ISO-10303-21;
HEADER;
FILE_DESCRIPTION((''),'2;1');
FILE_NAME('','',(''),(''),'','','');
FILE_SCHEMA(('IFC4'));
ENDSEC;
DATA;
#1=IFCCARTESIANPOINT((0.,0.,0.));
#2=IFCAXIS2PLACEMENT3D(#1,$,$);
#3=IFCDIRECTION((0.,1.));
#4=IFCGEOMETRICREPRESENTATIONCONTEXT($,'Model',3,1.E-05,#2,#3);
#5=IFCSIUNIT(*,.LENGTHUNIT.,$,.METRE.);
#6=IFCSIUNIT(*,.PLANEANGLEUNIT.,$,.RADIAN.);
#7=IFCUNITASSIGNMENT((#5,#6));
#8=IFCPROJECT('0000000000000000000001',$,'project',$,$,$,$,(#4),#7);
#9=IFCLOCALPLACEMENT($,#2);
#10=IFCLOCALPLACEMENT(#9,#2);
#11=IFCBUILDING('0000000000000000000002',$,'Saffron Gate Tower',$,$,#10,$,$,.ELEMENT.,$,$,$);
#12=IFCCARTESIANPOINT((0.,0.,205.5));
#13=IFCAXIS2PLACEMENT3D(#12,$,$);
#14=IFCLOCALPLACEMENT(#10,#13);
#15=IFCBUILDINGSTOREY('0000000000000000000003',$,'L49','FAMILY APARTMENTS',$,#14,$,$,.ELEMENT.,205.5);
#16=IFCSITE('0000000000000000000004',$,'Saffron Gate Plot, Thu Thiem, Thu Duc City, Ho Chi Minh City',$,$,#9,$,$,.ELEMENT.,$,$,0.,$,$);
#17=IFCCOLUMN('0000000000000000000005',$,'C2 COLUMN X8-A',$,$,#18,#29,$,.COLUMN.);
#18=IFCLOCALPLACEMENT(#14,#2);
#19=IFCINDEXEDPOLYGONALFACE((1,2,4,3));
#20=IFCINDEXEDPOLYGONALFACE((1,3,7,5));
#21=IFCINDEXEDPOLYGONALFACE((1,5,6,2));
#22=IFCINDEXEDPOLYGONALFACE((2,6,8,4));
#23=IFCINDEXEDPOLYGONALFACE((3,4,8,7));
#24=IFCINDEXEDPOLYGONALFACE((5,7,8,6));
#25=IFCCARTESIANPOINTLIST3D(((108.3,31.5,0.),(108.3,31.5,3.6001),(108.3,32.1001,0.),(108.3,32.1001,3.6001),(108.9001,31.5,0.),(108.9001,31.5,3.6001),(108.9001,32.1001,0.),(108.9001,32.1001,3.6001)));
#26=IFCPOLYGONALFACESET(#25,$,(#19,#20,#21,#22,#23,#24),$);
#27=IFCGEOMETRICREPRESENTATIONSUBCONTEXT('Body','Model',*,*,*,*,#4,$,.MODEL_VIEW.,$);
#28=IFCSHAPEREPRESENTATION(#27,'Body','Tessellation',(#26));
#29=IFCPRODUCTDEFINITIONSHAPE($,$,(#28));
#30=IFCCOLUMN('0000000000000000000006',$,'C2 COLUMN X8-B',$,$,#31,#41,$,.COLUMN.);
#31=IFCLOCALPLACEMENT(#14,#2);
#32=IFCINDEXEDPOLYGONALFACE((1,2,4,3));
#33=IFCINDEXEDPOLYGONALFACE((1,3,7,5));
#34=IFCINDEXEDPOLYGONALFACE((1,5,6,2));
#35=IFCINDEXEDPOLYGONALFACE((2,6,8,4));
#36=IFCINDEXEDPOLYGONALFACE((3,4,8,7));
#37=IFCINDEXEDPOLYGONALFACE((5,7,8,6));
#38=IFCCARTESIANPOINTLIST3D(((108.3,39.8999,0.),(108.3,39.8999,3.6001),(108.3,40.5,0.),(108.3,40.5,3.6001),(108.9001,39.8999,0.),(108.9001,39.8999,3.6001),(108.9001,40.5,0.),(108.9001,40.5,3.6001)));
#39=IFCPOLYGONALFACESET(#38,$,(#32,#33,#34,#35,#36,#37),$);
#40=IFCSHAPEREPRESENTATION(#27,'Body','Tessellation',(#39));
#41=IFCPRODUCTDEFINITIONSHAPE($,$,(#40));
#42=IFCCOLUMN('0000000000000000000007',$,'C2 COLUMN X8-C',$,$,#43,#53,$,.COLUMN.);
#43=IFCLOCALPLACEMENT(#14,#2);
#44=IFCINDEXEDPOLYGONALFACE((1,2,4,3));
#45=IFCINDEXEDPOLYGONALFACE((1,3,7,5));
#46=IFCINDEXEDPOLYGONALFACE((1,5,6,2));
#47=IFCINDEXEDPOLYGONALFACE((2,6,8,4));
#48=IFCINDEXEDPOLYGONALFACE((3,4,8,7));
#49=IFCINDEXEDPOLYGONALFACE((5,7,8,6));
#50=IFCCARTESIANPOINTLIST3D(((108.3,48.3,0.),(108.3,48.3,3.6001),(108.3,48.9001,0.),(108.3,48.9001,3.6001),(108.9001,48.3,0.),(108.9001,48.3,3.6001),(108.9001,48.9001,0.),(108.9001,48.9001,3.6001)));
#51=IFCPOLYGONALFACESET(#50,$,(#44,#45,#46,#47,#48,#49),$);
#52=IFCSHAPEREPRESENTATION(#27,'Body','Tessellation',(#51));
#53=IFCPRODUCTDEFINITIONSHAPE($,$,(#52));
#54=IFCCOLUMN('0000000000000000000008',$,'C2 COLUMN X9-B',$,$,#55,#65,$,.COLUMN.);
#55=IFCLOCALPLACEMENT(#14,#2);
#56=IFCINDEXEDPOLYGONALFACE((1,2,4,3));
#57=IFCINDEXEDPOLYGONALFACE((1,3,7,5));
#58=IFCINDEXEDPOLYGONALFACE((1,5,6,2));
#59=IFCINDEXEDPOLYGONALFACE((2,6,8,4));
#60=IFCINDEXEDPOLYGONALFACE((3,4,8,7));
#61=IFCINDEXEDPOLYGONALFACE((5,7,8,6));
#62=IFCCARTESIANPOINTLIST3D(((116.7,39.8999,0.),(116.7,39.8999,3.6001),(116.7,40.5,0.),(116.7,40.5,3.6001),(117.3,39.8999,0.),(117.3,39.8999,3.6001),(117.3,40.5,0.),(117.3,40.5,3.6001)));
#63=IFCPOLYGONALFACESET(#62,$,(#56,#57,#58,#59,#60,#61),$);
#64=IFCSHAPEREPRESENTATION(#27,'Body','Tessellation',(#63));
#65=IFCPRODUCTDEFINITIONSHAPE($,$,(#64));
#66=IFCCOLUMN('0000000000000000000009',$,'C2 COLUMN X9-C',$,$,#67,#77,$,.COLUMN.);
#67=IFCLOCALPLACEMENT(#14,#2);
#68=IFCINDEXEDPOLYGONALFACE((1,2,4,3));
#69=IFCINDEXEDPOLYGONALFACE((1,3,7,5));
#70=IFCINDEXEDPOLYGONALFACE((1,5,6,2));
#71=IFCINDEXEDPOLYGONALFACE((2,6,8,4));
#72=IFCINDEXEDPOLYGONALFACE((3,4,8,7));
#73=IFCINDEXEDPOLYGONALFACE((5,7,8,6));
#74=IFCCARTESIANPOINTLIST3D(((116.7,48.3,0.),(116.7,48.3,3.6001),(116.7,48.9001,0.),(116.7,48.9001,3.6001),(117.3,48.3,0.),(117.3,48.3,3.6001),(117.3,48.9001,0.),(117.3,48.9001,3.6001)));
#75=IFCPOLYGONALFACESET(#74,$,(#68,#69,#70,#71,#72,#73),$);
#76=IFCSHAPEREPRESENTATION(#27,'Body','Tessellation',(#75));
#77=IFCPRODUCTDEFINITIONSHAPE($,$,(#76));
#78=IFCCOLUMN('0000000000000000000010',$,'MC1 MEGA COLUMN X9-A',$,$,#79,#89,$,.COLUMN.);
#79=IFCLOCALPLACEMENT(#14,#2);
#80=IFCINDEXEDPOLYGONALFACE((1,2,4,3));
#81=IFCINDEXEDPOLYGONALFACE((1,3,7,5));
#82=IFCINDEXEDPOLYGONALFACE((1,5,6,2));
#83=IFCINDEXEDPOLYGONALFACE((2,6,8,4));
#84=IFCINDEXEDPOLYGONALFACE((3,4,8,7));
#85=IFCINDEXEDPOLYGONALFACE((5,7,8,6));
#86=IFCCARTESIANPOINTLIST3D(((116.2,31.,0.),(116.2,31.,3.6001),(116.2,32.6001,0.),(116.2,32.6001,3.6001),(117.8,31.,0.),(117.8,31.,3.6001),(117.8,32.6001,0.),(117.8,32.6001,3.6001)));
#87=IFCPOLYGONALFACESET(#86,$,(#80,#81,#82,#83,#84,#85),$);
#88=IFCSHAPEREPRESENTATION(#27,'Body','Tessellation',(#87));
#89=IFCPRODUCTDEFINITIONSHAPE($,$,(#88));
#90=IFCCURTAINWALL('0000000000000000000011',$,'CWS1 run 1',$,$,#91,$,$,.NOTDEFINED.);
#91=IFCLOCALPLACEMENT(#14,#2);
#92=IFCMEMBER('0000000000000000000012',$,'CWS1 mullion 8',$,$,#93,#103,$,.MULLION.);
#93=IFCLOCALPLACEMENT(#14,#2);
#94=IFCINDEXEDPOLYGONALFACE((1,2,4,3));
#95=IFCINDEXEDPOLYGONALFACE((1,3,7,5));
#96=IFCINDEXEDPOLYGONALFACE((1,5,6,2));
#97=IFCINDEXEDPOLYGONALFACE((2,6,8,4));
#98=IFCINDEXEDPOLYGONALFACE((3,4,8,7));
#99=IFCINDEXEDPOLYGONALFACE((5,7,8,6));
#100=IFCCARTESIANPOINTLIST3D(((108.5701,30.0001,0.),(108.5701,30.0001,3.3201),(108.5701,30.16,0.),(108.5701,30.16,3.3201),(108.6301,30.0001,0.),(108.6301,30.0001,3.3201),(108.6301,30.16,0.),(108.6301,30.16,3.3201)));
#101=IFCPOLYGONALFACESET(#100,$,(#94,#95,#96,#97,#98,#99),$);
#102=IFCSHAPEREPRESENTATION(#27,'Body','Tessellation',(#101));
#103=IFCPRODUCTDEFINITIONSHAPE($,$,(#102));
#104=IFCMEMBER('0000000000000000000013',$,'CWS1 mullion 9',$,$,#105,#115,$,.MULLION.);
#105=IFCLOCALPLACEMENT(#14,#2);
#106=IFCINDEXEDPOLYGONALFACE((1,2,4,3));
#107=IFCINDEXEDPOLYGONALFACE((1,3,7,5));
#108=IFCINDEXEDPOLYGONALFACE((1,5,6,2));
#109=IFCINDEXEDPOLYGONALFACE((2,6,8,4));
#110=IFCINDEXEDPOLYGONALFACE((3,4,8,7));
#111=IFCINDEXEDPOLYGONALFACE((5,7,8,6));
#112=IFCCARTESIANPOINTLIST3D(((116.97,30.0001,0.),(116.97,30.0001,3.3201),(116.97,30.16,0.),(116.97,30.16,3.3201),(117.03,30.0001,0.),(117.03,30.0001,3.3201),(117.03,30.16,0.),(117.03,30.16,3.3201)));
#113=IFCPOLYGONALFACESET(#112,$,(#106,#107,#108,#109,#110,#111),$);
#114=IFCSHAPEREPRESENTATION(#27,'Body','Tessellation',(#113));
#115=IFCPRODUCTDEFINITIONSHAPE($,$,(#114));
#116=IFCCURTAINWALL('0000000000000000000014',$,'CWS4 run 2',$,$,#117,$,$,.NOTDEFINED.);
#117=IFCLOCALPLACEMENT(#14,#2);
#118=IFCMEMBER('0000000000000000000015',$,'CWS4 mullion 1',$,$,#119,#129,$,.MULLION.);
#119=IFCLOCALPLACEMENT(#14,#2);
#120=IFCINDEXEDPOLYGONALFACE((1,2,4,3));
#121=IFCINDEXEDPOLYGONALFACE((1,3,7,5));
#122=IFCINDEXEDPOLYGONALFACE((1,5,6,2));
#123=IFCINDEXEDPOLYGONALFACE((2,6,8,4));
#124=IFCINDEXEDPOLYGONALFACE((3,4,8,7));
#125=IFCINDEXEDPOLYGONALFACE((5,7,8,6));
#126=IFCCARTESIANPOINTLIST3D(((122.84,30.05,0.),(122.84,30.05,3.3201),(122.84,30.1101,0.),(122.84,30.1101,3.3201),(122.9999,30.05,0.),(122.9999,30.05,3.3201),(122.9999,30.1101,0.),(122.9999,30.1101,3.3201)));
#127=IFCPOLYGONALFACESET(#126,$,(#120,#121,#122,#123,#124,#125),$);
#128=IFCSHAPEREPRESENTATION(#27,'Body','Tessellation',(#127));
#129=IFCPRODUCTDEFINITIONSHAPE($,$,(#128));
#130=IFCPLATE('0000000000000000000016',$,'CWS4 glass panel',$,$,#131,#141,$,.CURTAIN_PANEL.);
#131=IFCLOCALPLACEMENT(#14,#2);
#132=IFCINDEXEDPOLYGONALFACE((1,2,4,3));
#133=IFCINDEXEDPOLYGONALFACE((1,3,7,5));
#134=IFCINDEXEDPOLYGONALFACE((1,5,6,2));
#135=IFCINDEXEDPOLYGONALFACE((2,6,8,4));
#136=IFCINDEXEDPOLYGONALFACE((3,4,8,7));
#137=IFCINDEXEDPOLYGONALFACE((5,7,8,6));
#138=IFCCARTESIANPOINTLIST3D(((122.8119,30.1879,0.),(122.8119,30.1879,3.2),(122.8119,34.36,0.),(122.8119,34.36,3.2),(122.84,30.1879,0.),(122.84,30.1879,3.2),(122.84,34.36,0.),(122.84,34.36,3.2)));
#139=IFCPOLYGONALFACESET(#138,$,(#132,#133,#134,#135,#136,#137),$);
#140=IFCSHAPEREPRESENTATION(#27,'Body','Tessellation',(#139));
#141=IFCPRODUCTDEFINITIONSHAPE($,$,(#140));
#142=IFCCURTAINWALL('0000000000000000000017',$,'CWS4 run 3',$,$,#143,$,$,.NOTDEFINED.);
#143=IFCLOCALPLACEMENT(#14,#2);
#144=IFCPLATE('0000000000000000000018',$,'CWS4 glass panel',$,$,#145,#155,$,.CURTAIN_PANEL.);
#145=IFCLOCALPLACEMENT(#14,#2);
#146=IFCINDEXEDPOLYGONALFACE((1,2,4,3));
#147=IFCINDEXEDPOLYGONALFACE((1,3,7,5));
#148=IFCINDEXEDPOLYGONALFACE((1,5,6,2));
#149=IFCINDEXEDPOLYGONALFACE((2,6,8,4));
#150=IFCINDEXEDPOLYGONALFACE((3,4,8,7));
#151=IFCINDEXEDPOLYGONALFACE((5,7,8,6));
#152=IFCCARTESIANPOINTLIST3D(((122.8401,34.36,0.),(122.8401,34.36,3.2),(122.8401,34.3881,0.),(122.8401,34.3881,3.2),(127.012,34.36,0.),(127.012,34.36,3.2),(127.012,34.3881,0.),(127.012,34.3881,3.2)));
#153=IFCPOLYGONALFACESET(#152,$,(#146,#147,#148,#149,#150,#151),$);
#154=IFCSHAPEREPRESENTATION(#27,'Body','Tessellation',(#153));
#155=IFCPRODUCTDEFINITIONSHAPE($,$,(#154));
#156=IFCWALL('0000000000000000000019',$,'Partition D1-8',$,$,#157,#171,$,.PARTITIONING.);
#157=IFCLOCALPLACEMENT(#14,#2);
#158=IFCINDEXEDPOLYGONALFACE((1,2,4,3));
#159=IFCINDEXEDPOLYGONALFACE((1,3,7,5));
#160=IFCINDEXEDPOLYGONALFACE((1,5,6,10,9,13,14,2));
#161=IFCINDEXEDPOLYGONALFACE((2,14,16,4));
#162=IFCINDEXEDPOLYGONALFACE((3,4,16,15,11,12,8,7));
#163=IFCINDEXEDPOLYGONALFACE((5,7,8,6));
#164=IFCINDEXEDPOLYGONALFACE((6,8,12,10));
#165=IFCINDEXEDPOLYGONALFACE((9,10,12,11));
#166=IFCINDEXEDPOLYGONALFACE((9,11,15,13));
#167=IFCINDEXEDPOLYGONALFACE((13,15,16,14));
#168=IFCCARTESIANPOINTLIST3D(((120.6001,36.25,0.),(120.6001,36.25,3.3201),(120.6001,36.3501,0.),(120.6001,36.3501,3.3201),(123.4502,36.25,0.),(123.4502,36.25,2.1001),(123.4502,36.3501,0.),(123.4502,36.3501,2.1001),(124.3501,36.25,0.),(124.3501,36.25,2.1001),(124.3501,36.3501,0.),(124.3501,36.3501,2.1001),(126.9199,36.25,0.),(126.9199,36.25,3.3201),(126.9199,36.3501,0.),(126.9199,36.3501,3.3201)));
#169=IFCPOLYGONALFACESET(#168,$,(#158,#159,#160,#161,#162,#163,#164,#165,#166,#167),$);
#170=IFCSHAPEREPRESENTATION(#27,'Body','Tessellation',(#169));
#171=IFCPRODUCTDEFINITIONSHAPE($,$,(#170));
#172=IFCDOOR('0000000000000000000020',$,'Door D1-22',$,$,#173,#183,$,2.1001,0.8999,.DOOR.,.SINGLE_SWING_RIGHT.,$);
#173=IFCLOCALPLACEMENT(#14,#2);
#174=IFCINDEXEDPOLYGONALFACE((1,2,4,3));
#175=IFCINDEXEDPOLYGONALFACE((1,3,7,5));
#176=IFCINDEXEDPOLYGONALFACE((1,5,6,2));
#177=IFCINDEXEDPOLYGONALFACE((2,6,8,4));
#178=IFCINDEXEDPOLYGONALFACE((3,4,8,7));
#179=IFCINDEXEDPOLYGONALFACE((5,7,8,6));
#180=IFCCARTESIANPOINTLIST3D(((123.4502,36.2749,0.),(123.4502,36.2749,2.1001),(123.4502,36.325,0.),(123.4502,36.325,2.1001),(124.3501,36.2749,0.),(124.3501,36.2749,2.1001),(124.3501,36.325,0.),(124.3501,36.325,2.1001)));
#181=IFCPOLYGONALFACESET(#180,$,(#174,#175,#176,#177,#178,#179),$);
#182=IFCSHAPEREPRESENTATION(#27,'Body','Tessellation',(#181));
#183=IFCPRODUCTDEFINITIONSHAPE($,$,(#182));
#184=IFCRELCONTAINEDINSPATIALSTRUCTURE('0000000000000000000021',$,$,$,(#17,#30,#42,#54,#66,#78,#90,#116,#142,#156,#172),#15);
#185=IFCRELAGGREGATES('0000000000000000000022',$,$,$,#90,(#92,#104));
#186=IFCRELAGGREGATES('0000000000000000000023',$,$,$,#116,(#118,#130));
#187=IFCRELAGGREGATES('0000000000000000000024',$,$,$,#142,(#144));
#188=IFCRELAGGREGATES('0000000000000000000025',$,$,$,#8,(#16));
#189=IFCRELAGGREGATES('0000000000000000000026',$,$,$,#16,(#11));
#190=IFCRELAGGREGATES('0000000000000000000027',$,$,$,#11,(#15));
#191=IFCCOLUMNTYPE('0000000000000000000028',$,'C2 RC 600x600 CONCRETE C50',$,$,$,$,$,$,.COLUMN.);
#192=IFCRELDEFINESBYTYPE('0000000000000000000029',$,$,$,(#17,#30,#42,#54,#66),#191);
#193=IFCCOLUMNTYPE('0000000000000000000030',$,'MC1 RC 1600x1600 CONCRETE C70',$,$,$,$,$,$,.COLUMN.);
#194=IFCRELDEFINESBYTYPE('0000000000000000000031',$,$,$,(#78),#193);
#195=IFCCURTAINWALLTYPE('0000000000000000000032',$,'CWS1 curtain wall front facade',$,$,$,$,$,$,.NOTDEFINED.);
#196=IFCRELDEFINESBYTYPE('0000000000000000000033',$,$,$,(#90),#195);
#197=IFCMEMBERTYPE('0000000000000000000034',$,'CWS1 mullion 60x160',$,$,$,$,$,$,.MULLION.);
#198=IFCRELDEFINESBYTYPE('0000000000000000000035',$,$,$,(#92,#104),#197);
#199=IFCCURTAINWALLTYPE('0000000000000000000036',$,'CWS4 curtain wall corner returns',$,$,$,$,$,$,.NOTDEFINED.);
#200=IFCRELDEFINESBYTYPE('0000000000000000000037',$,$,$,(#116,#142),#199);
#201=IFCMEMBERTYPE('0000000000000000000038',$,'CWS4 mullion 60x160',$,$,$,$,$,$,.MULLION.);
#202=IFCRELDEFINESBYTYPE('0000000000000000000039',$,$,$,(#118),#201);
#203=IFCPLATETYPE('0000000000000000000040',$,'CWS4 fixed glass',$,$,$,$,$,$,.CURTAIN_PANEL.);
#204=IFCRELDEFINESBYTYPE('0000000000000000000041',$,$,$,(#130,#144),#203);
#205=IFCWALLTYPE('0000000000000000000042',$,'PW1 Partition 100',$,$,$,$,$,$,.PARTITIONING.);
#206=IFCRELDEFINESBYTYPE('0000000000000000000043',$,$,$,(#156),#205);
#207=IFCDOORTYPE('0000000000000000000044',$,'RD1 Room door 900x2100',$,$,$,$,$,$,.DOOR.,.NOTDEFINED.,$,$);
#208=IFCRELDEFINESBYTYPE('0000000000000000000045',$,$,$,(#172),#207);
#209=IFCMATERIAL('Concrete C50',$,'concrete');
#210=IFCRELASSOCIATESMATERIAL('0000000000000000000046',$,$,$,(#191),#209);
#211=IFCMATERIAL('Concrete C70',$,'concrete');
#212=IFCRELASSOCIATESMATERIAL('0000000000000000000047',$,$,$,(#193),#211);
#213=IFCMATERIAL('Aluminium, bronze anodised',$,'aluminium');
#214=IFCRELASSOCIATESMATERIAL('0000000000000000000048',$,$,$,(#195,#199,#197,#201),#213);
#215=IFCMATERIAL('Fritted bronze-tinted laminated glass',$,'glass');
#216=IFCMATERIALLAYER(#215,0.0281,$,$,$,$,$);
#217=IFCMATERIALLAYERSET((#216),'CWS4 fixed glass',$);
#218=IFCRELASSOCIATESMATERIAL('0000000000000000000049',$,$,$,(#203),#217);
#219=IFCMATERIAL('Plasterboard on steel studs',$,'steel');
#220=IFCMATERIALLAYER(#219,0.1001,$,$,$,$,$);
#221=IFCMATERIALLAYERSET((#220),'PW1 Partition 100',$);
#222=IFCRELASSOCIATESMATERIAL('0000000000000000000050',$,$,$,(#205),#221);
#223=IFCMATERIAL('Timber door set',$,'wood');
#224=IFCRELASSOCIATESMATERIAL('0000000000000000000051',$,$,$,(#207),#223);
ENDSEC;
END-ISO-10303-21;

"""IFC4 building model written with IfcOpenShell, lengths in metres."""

from ifc_helpers import new_model, si_unit, direction, frame, frame_2d, origin, origin_2d, place, context, subcontext, project, spatial, rectangle, extrude, material, layer, layer_set, material_profile, profile_set, type_object, element, fill, aggregate, save


model = new_model("IFC4")

# Units and contexts
model_context = context("Model", 3, precision=1e-05, world=origin(), true_north=direction((0.0, 1.0)))
body_context = subcontext(model_context, "Body", "Model", "MODEL_VIEW")
ifc_project = project(units=[si_unit("LENGTHUNIT", "METRE"), si_unit("PLANEANGLEUNIT", "RADIAN")], contexts=[model_context])

# Site, building, storey
site_placement = place(None, origin())
site = spatial("IfcSite", under=ifc_project, at=site_placement, Name="Saffron Gate Plot, Thu Thiem, Thu Duc City, Ho Chi Minh City", CompositionType="ELEMENT", RefElevation=0.0)
building_placement = place(site_placement, origin())
building = spatial("IfcBuilding", under=site, at=building_placement, Name="Saffron Gate Tower", CompositionType="ELEMENT")
storey_placement = place(building_placement, frame((0.0, 0.0, 205.5)))
storey = spatial("IfcBuildingStorey", under=building, at=storey_placement, Name="L49", Description="FAMILY APARTMENTS", CompositionType="ELEMENT", Elevation=205.5)

# Columns
ifc_material_1 = material(Name="Concrete C50", Category="concrete")
ifc_material_profile_1 = material_profile(ifc_material_1, rectangle(XDim=0.6001, YDim=0.6001, at=origin_2d()))
ifc_profile_set_1 = profile_set([ifc_material_profile_1], Name="Concrete C50")
column_type_1 = type_object("IfcColumnType", Name="C2 RC 600x600 CONCRETE C50", PredefinedType="COLUMN", material=ifc_profile_set_1)
for number, where, z_axis, x_axis, name in (
    (1, (108.6001, 31.8, 0.0), (0.0, 0.0, 1.0), (1.0, 0.0, 0.0), "C2 COLUMN X8-A"),
    (2, (108.6001, 40.2, 0.0), (0.0, 0.0, 1.0), (1.0, 0.0, 0.0), "C2 COLUMN X8-B"),
    (3, (108.6001, 48.6001, 0.0), (0.0, 0.0, 1.0), (1.0, 0.0, 0.0), "C2 COLUMN X8-C"),
    (4, (117.0, 40.2, 0.0), (0.0, 0.0, 1.0), (1.0, 0.0, 0.0), "C2 COLUMN X9-B"),
    (5, (117.0, 48.6001, 0.0), (0.0, 0.0, 1.0), (1.0, 0.0, 0.0), "C2 COLUMN X9-C"),
):
    element("IfcColumn", number, at=place(storey_placement, frame(where, z_axis=z_axis, x_axis=x_axis)), inside=storey, type_object=column_type_1, Name=name, PredefinedType="COLUMN", context=body_context, shape_type="SweptSolid", body=[
        extrude(rectangle(XDim=0.6001, YDim=0.6001, at=origin_2d()), origin(), (0.0, 0.0, 1.0), 3.6001),
    ])
ifc_material_2 = material(Name="Concrete C70", Category="concrete")
ifc_material_profile_2 = material_profile(ifc_material_2, rectangle(XDim=1.6001, YDim=1.6001, at=origin_2d()))
ifc_profile_set_2 = profile_set([ifc_material_profile_2], Name="Concrete C70")
column_type_2 = type_object("IfcColumnType", Name="MC1 RC 1600x1600 CONCRETE C70", PredefinedType="COLUMN", material=ifc_profile_set_2)
column_placement = place(storey_placement, frame((117.0, 31.8, 0.0), z_axis=(0.0, 0.0, 1.0), x_axis=(1.0, 0.0, 0.0)))
element("IfcColumn", 6, at=column_placement, inside=storey, type_object=column_type_2, Name="MC1 MEGA COLUMN X9-A", PredefinedType="COLUMN", context=body_context, shape_type="SweptSolid", body=[
    extrude(rectangle(XDim=1.6001, YDim=1.6001, at=origin_2d()), origin(), (0.0, 0.0, 1.0), 3.6001),
])

# Curtain wall, members
ifc_material_3 = material(Name="Aluminium, bronze anodised", Category="aluminium")
curtain_wall_type_1 = type_object("IfcCurtainWallType", Name="CWS1 curtain wall front facade", PredefinedType="NOTDEFINED", material=ifc_material_3)
curtain_wall_1_placement = place(storey_placement, origin())
curtain_wall_1 = element("IfcCurtainWall", 7, at=curtain_wall_1_placement, inside=storey, type_object=curtain_wall_type_1, Name="CWS1 run 1", PredefinedType="NOTDEFINED")
ifc_material_profile_3 = material_profile(ifc_material_3, rectangle(XDim=0.1599, YDim=0.0601, at=origin_2d()))
ifc_profile_set_3 = profile_set([ifc_material_profile_3], Name="Aluminium, bronze anodised")
member_type_1 = type_object("IfcMemberType", Name="CWS1 mullion 60x160", PredefinedType="MULLION", material=ifc_profile_set_3)
member_1_placement = place(storey_placement, frame((108.6001, 30.0801, 0.0), z_axis=(0.0, 0.0, 1.0), x_axis=(0.0, 1.0, 0.0)))
member_1 = element("IfcMember", 8, at=member_1_placement, type_object=member_type_1, Name="CWS1 mullion 8", PredefinedType="MULLION", context=body_context, shape_type="SweptSolid", body=[
    extrude(rectangle(XDim=0.1599, YDim=0.0601, at=origin_2d()), origin(), (0.0, 0.0, 1.0), 3.3201),
])
member_2_placement = place(storey_placement, frame((117.0, 30.0801, 0.0), z_axis=(0.0, 0.0, 1.0), x_axis=(0.0, 1.0, 0.0)))
member_2 = element("IfcMember", 9, at=member_2_placement, type_object=member_type_1, Name="CWS1 mullion 9", PredefinedType="MULLION", context=body_context, shape_type="SweptSolid", body=[
    extrude(rectangle(XDim=0.1599, YDim=0.0601, at=origin_2d()), origin(), (0.0, 0.0, 1.0), 3.3201),
])
aggregate(curtain_wall_1, [member_1, member_2])

# Curtain wall, member, plate
curtain_wall_type_2 = type_object("IfcCurtainWallType", Name="CWS4 curtain wall corner returns", PredefinedType="NOTDEFINED", material=ifc_material_3)
curtain_wall_2_placement = place(storey_placement, origin())
curtain_wall_2 = element("IfcCurtainWall", 10, at=curtain_wall_2_placement, inside=storey, type_object=curtain_wall_type_2, Name="CWS4 run 2", PredefinedType="NOTDEFINED")
ifc_material_profile_4 = material_profile(ifc_material_3, rectangle(XDim=0.1599, YDim=0.0601, at=origin_2d()))
ifc_profile_set_4 = profile_set([ifc_material_profile_4], Name="Aluminium, bronze anodised")
member_type_2 = type_object("IfcMemberType", Name="CWS4 mullion 60x160", PredefinedType="MULLION", material=ifc_profile_set_4)
member_3_placement = place(storey_placement, frame((122.9199, 30.0801, 0.0), z_axis=(0.0, 0.0, 1.0), x_axis=(-1.0, 0.0, 0.0)))
member_3 = element("IfcMember", 11, at=member_3_placement, type_object=member_type_2, Name="CWS4 mullion 1", PredefinedType="MULLION", context=body_context, shape_type="SweptSolid", body=[
    extrude(rectangle(XDim=0.1599, YDim=0.0601, at=origin_2d()), origin(), (0.0, 0.0, 1.0), 3.3201),
])
ifc_material_4 = material(Name="Fritted bronze-tinted laminated glass", Category="glass")
ifc_layer_1 = layer(ifc_material_4, 0.0281)
ifc_layer_set_1 = layer_set([ifc_layer_1], Name="CWS4 fixed glass")
plate_type = type_object("IfcPlateType", Name="CWS4 fixed glass", PredefinedType="CURTAIN_PANEL", material=ifc_layer_set_1)
plate_1_placement = place(storey_placement, frame((122.8259, 30.188, 0.0), z_axis=(0.0, 0.0, 1.0), x_axis=(0.0, 1.0, 0.0)))
plate_1 = element("IfcPlate", 12, at=plate_1_placement, type_object=plate_type, Name="CWS4 glass panel", PredefinedType="CURTAIN_PANEL", context=body_context, shape_type="SweptSolid", body=[
    extrude(rectangle(XDim=4.1721, YDim=0.0281, at=frame_2d((2.0859, 0.0))), origin(), (0.0, 0.0, 1.0), 3.2),
])
aggregate(curtain_wall_2, [member_3, plate_1])

# Curtain wall, plate
curtain_wall_3_placement = place(storey_placement, origin())
curtain_wall_3 = element("IfcCurtainWall", 13, at=curtain_wall_3_placement, inside=storey, type_object=curtain_wall_type_2, Name="CWS4 run 3", PredefinedType="NOTDEFINED")
plate_2_placement = place(storey_placement, frame((122.8401, 34.374, 0.0), z_axis=(0.0, 0.0, 1.0), x_axis=(1.0, 0.0, 0.0)))
plate_2 = element("IfcPlate", 14, at=plate_2_placement, type_object=plate_type, Name="CWS4 glass panel", PredefinedType="CURTAIN_PANEL", context=body_context, shape_type="SweptSolid", body=[
    extrude(rectangle(XDim=4.1719, YDim=0.0281, at=frame_2d((2.0859, 0.0))), origin(), (0.0, 0.0, 1.0), 3.2),
])
aggregate(curtain_wall_3, [plate_2])

# Wall, opening, door
ifc_material_5 = material(Name="Plasterboard on steel studs", Category="steel")
ifc_layer_2 = layer(ifc_material_5, 0.1001)
ifc_layer_set_2 = layer_set([ifc_layer_2], Name="PW1 Partition 100")
wall_type_1 = type_object("IfcWallType", Name="PW1 Partition 100", PredefinedType="PARTITIONING", material=ifc_layer_set_2)
wall_1_placement = place(storey_placement, frame((120.6001, 36.3, 0.0), z_axis=(0.0, 0.0, 1.0), x_axis=(1.0, 0.0, 0.0)))
wall_1 = element("IfcWall", 15, at=wall_1_placement, inside=storey, type_object=wall_type_1, Name="Partition D1-8", PredefinedType="PARTITIONING", context=body_context, shape_type="SweptSolid", body=[
    extrude(rectangle(XDim=6.3198, YDim=0.1001, at=frame_2d((3.1599, 0.0))), origin(), (0.0, 0.0, 1.0), 3.3201),
])
opening_1_placement = place(wall_1_placement, frame((2.8501, 0.0, 0.0)))
opening_1 = element("IfcOpeningElement", 16, at=opening_1_placement, cuts=wall_1, PredefinedType="OPENING", context=body_context, shape_type="SweptSolid", body=[
    extrude(rectangle(XDim=0.8999, YDim=2.1001, at=frame_2d((0.45, 1.05))), frame((0.0, 0.0601, 0.0), z_axis=(0.0, -1.0, 0.0), x_axis=(1.0, 0.0, 0.0)), (0.0, 0.0, 1.0), 0.1201),
])
ifc_material_6 = material(Name="Timber door set", Category="wood")
door_type_1 = type_object("IfcDoorType", Name="RD1 Room door 900x2100", OperationType="NOTDEFINED", PredefinedType="DOOR", material=ifc_material_6)
door_1_placement = place(opening_1_placement, origin())
door_1 = element("IfcDoor", 17, at=door_1_placement, inside=storey, type_object=door_type_1, Name="Door D1-22", OperationType="SINGLE_SWING_RIGHT", OverallHeight=2.1001, OverallWidth=0.8999, PredefinedType="DOOR", context=body_context, shape_type="SweptSolid", body=[
    extrude(rectangle(XDim=0.8999, YDim=2.1001, at=frame_2d((0.45, 1.05))), frame((0.0, 0.0249, 0.0), z_axis=(0.0, -1.0, 0.0), x_axis=(1.0, 0.0, 0.0)), (0.0, 0.0, 1.0), 0.05),
])
fill(opening_1, door_1)

save(model, "model.ifc")
